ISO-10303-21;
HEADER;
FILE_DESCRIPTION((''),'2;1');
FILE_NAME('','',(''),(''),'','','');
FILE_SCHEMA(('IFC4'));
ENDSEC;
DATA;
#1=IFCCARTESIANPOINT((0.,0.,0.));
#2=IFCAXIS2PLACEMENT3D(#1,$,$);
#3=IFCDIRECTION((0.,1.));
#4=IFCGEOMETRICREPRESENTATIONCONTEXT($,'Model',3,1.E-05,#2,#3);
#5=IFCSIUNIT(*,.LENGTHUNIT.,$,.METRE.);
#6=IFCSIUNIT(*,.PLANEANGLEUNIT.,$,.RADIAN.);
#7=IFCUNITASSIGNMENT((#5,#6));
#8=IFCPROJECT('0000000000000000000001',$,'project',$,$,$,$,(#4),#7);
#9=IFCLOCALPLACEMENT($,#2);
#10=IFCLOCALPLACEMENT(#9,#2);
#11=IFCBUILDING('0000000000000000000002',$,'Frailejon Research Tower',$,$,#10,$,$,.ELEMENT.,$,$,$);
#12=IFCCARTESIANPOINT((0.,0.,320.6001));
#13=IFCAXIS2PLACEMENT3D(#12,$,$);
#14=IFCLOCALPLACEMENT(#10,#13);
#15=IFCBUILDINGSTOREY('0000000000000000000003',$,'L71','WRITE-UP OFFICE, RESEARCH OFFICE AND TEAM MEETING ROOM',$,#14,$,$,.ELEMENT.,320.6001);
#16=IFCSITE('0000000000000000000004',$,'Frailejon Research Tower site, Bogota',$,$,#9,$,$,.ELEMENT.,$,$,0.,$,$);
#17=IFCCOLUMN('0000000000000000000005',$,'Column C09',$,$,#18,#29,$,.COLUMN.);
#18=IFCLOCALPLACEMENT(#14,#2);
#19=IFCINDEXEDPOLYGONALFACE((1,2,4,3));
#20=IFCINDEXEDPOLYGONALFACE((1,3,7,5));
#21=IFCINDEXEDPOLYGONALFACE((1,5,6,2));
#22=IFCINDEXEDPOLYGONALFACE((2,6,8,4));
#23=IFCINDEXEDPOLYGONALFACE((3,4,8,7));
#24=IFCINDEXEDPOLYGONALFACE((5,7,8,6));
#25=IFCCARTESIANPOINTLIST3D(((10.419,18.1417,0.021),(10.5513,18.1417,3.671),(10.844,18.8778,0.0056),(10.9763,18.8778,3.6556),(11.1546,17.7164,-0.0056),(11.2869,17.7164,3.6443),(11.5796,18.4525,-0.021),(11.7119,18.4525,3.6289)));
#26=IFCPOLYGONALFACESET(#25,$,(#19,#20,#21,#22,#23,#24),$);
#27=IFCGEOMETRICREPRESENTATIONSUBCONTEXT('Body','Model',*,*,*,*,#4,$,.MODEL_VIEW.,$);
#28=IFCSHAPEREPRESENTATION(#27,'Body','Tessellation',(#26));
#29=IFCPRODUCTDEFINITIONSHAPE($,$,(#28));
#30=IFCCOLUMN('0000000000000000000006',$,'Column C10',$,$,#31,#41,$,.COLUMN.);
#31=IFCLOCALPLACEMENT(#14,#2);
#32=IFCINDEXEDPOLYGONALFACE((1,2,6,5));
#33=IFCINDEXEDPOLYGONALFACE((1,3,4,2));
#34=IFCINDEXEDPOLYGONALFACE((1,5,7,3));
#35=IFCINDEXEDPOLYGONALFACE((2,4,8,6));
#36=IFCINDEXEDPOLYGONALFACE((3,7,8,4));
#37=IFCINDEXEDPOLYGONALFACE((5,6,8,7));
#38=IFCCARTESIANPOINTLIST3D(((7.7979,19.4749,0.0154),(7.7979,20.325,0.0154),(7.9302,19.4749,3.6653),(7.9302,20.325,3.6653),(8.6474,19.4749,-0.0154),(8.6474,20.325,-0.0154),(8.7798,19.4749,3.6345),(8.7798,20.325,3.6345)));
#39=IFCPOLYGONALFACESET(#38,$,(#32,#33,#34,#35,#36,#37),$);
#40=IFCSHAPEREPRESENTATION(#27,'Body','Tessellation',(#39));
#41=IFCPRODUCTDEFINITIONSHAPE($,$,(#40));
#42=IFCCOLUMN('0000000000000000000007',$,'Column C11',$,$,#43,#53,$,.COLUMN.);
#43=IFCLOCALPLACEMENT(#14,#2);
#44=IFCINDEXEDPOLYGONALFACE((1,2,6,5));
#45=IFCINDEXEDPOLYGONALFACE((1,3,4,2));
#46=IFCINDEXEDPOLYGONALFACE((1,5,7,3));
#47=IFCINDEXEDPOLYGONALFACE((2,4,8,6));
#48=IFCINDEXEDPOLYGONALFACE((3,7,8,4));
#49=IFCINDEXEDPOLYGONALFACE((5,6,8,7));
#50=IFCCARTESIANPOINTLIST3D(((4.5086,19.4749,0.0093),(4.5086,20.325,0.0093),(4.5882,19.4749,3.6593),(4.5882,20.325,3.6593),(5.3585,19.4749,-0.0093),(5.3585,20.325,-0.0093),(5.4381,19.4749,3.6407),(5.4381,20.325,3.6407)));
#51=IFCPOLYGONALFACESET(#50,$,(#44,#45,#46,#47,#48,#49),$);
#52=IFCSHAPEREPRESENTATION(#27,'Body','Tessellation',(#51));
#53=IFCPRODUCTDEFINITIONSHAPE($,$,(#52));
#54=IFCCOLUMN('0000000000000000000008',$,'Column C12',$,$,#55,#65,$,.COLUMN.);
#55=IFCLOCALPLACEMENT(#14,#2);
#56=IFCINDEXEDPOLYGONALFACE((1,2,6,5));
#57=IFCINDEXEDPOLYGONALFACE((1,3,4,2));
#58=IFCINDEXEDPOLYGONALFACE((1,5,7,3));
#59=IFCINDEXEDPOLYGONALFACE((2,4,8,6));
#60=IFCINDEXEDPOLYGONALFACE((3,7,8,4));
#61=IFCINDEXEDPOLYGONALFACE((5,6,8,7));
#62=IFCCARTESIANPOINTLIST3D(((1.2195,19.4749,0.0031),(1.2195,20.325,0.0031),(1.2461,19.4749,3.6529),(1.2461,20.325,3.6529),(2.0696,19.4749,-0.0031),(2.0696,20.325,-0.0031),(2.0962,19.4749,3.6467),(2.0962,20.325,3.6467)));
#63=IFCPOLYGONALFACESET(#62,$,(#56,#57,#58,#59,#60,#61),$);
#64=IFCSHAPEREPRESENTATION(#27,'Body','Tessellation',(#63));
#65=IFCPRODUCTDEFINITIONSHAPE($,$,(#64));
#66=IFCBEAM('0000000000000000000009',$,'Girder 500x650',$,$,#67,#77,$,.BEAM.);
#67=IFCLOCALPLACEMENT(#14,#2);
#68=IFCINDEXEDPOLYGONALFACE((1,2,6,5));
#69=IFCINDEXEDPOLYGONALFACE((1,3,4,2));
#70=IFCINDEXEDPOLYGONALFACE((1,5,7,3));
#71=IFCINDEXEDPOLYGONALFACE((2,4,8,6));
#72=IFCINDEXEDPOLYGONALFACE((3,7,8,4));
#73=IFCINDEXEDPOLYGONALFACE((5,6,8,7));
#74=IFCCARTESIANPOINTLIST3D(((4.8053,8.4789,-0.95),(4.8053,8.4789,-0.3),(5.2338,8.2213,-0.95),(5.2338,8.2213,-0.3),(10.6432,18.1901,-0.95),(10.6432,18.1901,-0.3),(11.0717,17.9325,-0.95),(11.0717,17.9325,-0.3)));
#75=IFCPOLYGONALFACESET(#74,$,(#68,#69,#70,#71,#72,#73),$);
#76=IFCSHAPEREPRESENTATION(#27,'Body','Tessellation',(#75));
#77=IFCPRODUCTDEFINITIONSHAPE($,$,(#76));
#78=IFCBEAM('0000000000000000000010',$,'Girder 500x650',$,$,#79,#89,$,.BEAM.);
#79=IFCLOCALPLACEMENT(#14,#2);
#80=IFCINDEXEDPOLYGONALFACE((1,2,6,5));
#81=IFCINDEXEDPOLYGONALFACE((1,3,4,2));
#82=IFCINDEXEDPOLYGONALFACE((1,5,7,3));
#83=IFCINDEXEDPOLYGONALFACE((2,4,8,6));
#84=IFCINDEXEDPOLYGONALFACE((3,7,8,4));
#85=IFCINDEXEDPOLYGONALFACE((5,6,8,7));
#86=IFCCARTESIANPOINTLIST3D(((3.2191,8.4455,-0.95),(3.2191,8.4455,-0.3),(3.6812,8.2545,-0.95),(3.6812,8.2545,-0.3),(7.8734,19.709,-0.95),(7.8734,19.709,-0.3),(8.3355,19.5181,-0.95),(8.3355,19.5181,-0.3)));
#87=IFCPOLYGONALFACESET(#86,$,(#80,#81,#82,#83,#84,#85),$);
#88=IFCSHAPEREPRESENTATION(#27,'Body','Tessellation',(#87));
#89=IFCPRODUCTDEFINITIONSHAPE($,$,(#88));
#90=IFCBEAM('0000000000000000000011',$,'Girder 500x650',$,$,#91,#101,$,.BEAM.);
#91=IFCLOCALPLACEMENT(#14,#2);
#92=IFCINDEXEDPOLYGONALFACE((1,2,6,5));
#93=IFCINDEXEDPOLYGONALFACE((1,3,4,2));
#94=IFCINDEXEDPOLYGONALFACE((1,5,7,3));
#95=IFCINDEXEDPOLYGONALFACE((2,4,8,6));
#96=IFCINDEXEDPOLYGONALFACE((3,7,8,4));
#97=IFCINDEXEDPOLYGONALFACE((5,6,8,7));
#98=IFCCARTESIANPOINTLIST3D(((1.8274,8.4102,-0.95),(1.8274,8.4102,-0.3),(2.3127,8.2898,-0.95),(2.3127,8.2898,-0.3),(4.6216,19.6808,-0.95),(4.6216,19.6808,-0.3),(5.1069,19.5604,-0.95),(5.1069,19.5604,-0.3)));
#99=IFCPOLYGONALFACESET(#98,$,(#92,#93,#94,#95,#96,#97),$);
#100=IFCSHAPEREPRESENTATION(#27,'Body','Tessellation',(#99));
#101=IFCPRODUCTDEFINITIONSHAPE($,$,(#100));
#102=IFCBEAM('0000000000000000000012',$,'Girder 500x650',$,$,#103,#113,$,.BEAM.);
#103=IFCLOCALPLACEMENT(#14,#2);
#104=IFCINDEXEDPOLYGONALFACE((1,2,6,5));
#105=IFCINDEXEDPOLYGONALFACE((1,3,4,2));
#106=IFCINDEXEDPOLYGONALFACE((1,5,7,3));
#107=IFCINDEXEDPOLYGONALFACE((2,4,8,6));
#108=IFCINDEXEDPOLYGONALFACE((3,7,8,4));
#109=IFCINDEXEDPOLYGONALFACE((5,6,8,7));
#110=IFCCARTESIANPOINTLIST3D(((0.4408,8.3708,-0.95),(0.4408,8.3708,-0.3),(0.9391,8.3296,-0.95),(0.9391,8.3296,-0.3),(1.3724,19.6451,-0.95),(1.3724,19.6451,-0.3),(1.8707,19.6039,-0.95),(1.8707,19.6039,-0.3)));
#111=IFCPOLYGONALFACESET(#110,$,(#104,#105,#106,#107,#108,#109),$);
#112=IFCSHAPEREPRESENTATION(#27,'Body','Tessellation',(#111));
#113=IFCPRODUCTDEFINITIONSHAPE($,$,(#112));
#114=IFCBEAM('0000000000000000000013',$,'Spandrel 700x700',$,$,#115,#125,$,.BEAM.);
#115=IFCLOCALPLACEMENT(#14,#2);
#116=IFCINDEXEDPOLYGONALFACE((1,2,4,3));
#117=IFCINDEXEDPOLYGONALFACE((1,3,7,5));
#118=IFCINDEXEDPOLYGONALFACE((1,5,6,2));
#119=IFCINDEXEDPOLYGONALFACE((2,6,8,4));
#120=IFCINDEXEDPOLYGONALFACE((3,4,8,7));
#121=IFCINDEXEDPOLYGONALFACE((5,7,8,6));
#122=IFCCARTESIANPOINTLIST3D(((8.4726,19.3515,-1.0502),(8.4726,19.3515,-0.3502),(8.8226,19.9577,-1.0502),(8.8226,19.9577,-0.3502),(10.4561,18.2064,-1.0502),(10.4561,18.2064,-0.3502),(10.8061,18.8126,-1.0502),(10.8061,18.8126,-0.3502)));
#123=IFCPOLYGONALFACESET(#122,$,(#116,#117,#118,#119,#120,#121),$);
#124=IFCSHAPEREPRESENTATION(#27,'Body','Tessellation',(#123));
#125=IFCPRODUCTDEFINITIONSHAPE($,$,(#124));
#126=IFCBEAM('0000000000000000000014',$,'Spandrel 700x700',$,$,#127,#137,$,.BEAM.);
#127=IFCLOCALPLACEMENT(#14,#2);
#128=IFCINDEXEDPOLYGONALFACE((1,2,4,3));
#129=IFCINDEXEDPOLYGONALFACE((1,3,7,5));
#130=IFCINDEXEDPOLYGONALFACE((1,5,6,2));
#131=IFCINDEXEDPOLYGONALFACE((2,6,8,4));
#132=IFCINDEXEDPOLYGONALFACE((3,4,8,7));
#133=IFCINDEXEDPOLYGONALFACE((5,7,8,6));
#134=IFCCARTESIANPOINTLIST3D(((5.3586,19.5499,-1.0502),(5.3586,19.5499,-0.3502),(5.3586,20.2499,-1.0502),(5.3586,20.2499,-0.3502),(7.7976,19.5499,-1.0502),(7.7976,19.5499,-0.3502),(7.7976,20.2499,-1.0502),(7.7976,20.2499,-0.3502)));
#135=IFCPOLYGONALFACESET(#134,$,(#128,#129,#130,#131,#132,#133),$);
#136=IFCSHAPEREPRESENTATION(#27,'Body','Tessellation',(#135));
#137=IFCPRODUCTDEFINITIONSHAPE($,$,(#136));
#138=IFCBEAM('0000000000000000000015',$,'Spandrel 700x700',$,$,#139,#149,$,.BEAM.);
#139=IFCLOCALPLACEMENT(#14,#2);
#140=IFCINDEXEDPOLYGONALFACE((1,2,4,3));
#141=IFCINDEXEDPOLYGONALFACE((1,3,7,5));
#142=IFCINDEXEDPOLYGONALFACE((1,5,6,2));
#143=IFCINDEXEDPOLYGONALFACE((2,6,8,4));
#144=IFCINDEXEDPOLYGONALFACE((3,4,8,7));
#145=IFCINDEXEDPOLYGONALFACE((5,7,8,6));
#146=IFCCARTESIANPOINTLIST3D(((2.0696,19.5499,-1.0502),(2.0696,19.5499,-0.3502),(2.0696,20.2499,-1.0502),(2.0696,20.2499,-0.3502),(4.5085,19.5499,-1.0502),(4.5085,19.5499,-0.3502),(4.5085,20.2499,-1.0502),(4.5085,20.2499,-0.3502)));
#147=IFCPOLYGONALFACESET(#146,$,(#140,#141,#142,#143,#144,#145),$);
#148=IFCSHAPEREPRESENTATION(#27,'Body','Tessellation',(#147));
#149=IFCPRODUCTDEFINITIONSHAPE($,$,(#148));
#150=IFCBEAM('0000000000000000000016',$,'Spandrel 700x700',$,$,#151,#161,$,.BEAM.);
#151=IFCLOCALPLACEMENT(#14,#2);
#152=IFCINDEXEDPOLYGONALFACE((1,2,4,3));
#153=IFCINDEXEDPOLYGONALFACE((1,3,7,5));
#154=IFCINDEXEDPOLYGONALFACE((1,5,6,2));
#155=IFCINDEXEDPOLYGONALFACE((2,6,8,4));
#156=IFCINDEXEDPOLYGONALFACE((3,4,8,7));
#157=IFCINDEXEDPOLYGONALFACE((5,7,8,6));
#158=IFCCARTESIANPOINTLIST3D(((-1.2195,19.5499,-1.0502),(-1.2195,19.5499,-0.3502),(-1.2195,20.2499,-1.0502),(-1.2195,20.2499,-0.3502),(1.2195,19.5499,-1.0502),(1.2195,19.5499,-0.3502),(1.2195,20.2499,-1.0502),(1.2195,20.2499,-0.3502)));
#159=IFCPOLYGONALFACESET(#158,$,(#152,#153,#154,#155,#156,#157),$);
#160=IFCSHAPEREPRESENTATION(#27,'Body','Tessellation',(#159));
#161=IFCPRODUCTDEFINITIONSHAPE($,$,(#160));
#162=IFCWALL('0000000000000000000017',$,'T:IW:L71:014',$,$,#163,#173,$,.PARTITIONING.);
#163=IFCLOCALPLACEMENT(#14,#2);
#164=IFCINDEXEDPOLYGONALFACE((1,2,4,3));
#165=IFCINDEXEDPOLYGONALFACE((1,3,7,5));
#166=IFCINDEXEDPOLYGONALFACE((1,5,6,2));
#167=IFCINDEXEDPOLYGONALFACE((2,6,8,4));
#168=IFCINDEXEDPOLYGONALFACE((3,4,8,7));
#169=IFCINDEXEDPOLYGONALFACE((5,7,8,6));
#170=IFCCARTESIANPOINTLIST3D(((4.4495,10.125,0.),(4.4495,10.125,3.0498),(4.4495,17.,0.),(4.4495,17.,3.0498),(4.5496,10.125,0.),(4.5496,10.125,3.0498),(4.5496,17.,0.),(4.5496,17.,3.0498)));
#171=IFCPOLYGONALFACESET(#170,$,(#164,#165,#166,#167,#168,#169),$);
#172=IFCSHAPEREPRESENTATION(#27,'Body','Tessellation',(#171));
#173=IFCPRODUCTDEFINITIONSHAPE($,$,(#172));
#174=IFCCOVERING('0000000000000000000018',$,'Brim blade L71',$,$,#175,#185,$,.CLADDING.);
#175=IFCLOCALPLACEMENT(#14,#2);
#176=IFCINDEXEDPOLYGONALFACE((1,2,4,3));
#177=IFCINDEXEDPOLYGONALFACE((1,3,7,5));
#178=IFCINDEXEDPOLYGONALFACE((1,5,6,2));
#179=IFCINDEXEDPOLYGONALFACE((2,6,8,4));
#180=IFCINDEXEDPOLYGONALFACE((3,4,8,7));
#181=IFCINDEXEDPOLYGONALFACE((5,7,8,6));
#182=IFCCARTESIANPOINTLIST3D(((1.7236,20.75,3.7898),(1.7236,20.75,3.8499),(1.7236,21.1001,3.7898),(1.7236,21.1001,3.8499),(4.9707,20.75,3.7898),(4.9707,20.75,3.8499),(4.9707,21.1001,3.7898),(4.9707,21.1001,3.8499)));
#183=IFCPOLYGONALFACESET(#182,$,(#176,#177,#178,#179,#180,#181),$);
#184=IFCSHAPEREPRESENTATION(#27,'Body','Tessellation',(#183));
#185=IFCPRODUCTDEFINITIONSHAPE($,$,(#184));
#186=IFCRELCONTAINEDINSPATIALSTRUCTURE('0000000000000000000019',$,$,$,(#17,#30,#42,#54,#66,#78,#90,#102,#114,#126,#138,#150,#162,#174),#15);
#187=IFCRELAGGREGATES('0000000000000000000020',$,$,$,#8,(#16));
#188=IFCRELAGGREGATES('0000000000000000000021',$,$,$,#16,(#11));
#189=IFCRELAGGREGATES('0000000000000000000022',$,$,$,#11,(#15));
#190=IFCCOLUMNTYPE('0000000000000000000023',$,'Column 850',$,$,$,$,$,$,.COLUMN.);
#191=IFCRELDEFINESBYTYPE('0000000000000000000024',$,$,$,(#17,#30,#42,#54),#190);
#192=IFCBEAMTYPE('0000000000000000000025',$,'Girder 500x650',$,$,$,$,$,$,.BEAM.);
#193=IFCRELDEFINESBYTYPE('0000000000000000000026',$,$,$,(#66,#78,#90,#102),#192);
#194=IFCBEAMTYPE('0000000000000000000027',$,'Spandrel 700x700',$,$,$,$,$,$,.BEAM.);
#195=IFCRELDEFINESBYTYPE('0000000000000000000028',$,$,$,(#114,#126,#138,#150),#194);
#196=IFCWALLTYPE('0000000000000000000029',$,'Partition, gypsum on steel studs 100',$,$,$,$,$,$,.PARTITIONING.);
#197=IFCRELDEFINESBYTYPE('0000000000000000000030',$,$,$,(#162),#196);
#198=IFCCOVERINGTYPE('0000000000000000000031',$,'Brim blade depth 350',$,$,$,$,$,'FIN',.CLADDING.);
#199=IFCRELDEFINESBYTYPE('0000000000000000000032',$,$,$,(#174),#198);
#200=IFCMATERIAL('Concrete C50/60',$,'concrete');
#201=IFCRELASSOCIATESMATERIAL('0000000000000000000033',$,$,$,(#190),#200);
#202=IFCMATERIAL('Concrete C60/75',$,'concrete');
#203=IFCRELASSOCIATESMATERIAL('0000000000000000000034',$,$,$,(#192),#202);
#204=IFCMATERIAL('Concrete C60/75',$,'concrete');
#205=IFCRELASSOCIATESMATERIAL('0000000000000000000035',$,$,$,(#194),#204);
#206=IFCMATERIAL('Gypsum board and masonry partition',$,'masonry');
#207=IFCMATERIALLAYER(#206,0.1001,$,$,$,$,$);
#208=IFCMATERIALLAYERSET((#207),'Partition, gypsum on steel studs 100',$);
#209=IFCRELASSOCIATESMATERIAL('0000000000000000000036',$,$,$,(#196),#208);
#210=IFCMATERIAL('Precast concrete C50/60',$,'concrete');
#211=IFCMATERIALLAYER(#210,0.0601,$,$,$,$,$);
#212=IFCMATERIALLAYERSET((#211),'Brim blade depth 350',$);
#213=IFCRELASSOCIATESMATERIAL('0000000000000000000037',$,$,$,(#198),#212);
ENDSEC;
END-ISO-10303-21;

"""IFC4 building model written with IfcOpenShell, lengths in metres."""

from ifc_helpers import new_model, si_unit, direction, frame, frame_2d, origin, origin_2d, place, context, subcontext, project, spatial, polyline, rectangle, outline, extrude, material, layer, layer_set, material_profile, profile_set, type_object, element, save


model = new_model("IFC4")

# Units and contexts
model_context = context("Model", 3, precision=1e-05, world=origin(), true_north=direction((0.0, 1.0)))
body_context = subcontext(model_context, "Body", "Model", "MODEL_VIEW")
ifc_project = project(units=[si_unit("LENGTHUNIT", "METRE"), si_unit("PLANEANGLEUNIT", "RADIAN")], contexts=[model_context])

# Site, building, storey
site_placement = place(None, origin())
site = spatial("IfcSite", under=ifc_project, at=site_placement, Name="Frailejon Research Tower site, Bogota", CompositionType="ELEMENT", RefElevation=0.0)
building_placement = place(site_placement, origin())
building = spatial("IfcBuilding", under=site, at=building_placement, Name="Frailejon Research Tower", CompositionType="ELEMENT")
storey_placement = place(building_placement, frame((0.0, 0.0, 320.6001)))
storey = spatial("IfcBuildingStorey", under=building, at=storey_placement, Name="L71", Description="WRITE-UP OFFICE, RESEARCH OFFICE AND TEAM MEETING ROOM", CompositionType="ELEMENT", Elevation=320.6001)

# Columns
ifc_material_1 = material(Name="Concrete C50/60", Category="concrete")
ifc_material_profile_1 = material_profile(ifc_material_1, rectangle(XDim=0.8501, YDim=0.8501, at=origin_2d()), Name="Column 850")
ifc_profile_set_1 = profile_set([ifc_material_profile_1], Name="Concrete C50/60")
column_type = type_object("IfcColumnType", Name="Column 850", PredefinedType="COLUMN", material=ifc_profile_set_1)
for number, where, z_axis, x_axis, name in (
    (1, (10.9993, 18.2971, 0.0), (0.03623, 0.0, 0.999343), (-0.865315, 0.500246, 0.031371), "Column C09"),
    (2, (8.2227, 19.8999, 0.0), (0.03623, 0.0, 0.999343), (-0.999343, 0.0, 0.03623), "Column C10"),
):
    element("IfcColumn", number, at=place(storey_placement, frame(where, z_axis=z_axis, x_axis=x_axis)), inside=storey, type_object=column_type, Name=name, PredefinedType="COLUMN", context=body_context, shape_type="SweptSolid", body=[
        extrude(rectangle(XDim=0.8501, YDim=0.8501, at=origin_2d()), origin(), (0.0, 0.0, 1.0), 3.6523),
    ])
column_1_placement = place(storey_placement, frame((4.9336, 19.8999, 0.0), z_axis=(0.021801, 0.0, 0.999762), x_axis=(-0.999762, 0.0, 0.021801)))
element("IfcColumn", 3, at=column_1_placement, inside=storey, type_object=column_type, Name="Column C11", PredefinedType="COLUMN", context=body_context, shape_type="SweptSolid", body=[
    extrude(rectangle(XDim=0.8501, YDim=0.8501, at=origin_2d()), origin(), (0.0, 0.0, 1.0), 3.6509),
])
column_2_placement = place(storey_placement, frame((1.6445, 19.8999, 0.0), z_axis=(0.007291, 0.0, 0.999973), x_axis=(-0.999973, 0.0, 0.007291)))
element("IfcColumn", 4, at=column_2_placement, inside=storey, type_object=column_type, Name="Column C12", PredefinedType="COLUMN", context=body_context, shape_type="SweptSolid", body=[
    extrude(rectangle(XDim=0.8501, YDim=0.8501, at=origin_2d()), origin(), (0.0, 0.0, 1.0), 3.6499),
])

# Beams
ifc_material_2 = material(Name="Concrete C60/75", Category="concrete")
ifc_material_profile_2 = material_profile(ifc_material_2, rectangle(XDim=0.5, YDim=0.6499, at=origin_2d()), Name="Girder 500x650")
ifc_profile_set_2 = profile_set([ifc_material_profile_2], Name="Concrete C60/75")
beam_type_1 = type_object("IfcBeamType", Name="Girder 500x650", PredefinedType="BEAM", material=ifc_profile_set_2)
beam_1_placement = place(storey_placement, frame((10.8574, 18.0613, -0.625), z_axis=(-0.515221, -0.857057, 0.0), x_axis=(0.857057, -0.515221, 0.0)))
element("IfcBeam", 5, at=beam_1_placement, inside=storey, type_object=beam_type_1, Name="Girder 500x650", PredefinedType="BEAM", context=body_context, shape_type="SweptSolid", body=[
    extrude(rectangle(XDim=0.5, YDim=0.6499, at=origin_2d()), origin(), (0.0, 0.0, 1.0), 11.3308),
])
beam_2_placement = place(storey_placement, frame((8.1045, 19.6135, -0.625), z_axis=(-0.381901, -0.924203, 0.0), x_axis=(0.924203, -0.381901, 0.0)))
element("IfcBeam", 6, at=beam_2_placement, inside=storey, type_object=beam_type_1, Name="Girder 500x650", PredefinedType="BEAM", context=body_context, shape_type="SweptSolid", body=[
    extrude(rectangle(XDim=0.5, YDim=0.6499, at=origin_2d()), origin(), (0.0, 0.0, 1.0), 12.1873),
])
beam_3_placement = place(storey_placement, frame((4.8643, 19.6206, -0.625), z_axis=(-0.240635, -0.970616, 0.0), x_axis=(0.970616, -0.240635, 0.0)))
element("IfcBeam", 7, at=beam_3_placement, inside=storey, type_object=beam_type_1, Name="Girder 500x650", PredefinedType="BEAM", context=body_context, shape_type="SweptSolid", body=[
    extrude(rectangle(XDim=0.5, YDim=0.6499, at=origin_2d()), origin(), (0.0, 0.0, 1.0), 11.6118),
])
beam_4_placement = place(storey_placement, frame((1.6216, 19.6245, -0.625), z_axis=(-0.082352, -0.996603, 0.0), x_axis=(0.996603, -0.082352, 0.0)))
element("IfcBeam", 8, at=beam_4_placement, inside=storey, type_object=beam_type_1, Name="Girder 500x650", PredefinedType="BEAM", context=body_context, shape_type="SweptSolid", body=[
    extrude(rectangle(XDim=0.5, YDim=0.6499, at=origin_2d()), origin(), (0.0, 0.0, 1.0), 11.3127),
])
ifc_material_3 = material(Name="Concrete C60/75", Category="concrete")
ifc_material_profile_3 = material_profile(ifc_material_3, rectangle(XDim=0.7, YDim=0.7, at=origin_2d()), Name="Spandrel 700x700")
ifc_profile_set_3 = profile_set([ifc_material_profile_3], Name="Concrete C60/75")
beam_type_2 = type_object("IfcBeamType", Name="Spandrel 700x700", PredefinedType="BEAM", material=ifc_profile_set_3)
beam_5_placement = place(storey_placement, frame((10.6311, 18.5095, -0.7002), z_axis=(-0.866044, 0.499969, 0.0), x_axis=(-0.499969, -0.866044, 0.0)))
element("IfcBeam", 9, at=beam_5_placement, inside=storey, type_object=beam_type_2, Name="Spandrel 700x700", PredefinedType="BEAM", context=body_context, shape_type="SweptSolid", body=[
    extrude(rectangle(XDim=0.7, YDim=0.7, at=origin_2d()), origin(), (0.0, 0.0, 1.0), 2.2903),
])
for number, where, z_axis, x_axis, name in (
    (10, (7.7976, 19.8999, -0.7002), (-1.0, 0.0, 0.0), (0.0, -1.0, 0.0), "Spandrel 700x700"),
    (11, (4.5085, 19.8999, -0.7002), (-1.0, 0.0, 0.0), (0.0, -1.0, 0.0), "Spandrel 700x700"),
    (12, (1.2195, 19.8999, -0.7002), (-1.0, 0.0, 0.0), (0.0, -1.0, 0.0), "Spandrel 700x700"),
):
    element("IfcBeam", number, at=place(storey_placement, frame(where, z_axis=z_axis, x_axis=x_axis)), inside=storey, type_object=beam_type_2, Name=name, PredefinedType="BEAM", context=body_context, shape_type="SweptSolid", body=[
        extrude(rectangle(XDim=0.7, YDim=0.7, at=origin_2d()), origin(), (0.0, 0.0, 1.0), 2.439),
    ])

# Wall
ifc_material_4 = material(Name="Gypsum board and masonry partition", Category="masonry")
ifc_layer_1 = layer(ifc_material_4, 0.1001)
ifc_layer_set_1 = layer_set([ifc_layer_1], Name="Partition, gypsum on steel studs 100")
wall_type_1 = type_object("IfcWallType", Name="Partition, gypsum on steel studs 100", PredefinedType="PARTITIONING", material=ifc_layer_set_1)
wall_1_placement = place(storey_placement, frame((4.4995, 10.125, 0.0), z_axis=(0.0, 0.0, 1.0), x_axis=(0.0, 1.0, 0.0)))
element("IfcWall", 13, at=wall_1_placement, inside=storey, type_object=wall_type_1, Name="T:IW:L71:014", PredefinedType="PARTITIONING", context=body_context, shape_type="SweptSolid", body=[
    extrude(rectangle(XDim=6.875, YDim=0.1001, at=frame_2d((3.4375, 0.0))), origin(), (0.0, 0.0, 1.0), 3.0498),
])

# Covering
ifc_material_5 = material(Name="Precast concrete C50/60", Category="concrete")
ifc_layer_2 = layer(ifc_material_5, 0.0601)
ifc_layer_set_2 = layer_set([ifc_layer_2], Name="Brim blade depth 350")
covering_type_1 = type_object("IfcCoveringType", Name="Brim blade depth 350", ElementType="FIN", PredefinedType="CLADDING", material=ifc_layer_set_2)
covering_1_placement = place(storey_placement, frame((1.7236, 20.75, 3.8499), z_axis=(1.0, 0.0, 0.0), x_axis=(0.0, 1.0, 0.0)))
element("IfcCovering", 14, at=covering_1_placement, inside=storey, type_object=covering_type_1, Name="Brim blade L71", PredefinedType="CLADDING", context=body_context, shape_type="SweptSolid", body=[
    extrude(outline(polyline([(0.0, -0.0601), (0.3501, -0.0601), (0.3501, 0.0), (0.0, 0.0), (0.0, -0.0601)])), origin(), (0.0, 0.0, 1.0), 3.2471),
])

save(model, "model.ifc")
